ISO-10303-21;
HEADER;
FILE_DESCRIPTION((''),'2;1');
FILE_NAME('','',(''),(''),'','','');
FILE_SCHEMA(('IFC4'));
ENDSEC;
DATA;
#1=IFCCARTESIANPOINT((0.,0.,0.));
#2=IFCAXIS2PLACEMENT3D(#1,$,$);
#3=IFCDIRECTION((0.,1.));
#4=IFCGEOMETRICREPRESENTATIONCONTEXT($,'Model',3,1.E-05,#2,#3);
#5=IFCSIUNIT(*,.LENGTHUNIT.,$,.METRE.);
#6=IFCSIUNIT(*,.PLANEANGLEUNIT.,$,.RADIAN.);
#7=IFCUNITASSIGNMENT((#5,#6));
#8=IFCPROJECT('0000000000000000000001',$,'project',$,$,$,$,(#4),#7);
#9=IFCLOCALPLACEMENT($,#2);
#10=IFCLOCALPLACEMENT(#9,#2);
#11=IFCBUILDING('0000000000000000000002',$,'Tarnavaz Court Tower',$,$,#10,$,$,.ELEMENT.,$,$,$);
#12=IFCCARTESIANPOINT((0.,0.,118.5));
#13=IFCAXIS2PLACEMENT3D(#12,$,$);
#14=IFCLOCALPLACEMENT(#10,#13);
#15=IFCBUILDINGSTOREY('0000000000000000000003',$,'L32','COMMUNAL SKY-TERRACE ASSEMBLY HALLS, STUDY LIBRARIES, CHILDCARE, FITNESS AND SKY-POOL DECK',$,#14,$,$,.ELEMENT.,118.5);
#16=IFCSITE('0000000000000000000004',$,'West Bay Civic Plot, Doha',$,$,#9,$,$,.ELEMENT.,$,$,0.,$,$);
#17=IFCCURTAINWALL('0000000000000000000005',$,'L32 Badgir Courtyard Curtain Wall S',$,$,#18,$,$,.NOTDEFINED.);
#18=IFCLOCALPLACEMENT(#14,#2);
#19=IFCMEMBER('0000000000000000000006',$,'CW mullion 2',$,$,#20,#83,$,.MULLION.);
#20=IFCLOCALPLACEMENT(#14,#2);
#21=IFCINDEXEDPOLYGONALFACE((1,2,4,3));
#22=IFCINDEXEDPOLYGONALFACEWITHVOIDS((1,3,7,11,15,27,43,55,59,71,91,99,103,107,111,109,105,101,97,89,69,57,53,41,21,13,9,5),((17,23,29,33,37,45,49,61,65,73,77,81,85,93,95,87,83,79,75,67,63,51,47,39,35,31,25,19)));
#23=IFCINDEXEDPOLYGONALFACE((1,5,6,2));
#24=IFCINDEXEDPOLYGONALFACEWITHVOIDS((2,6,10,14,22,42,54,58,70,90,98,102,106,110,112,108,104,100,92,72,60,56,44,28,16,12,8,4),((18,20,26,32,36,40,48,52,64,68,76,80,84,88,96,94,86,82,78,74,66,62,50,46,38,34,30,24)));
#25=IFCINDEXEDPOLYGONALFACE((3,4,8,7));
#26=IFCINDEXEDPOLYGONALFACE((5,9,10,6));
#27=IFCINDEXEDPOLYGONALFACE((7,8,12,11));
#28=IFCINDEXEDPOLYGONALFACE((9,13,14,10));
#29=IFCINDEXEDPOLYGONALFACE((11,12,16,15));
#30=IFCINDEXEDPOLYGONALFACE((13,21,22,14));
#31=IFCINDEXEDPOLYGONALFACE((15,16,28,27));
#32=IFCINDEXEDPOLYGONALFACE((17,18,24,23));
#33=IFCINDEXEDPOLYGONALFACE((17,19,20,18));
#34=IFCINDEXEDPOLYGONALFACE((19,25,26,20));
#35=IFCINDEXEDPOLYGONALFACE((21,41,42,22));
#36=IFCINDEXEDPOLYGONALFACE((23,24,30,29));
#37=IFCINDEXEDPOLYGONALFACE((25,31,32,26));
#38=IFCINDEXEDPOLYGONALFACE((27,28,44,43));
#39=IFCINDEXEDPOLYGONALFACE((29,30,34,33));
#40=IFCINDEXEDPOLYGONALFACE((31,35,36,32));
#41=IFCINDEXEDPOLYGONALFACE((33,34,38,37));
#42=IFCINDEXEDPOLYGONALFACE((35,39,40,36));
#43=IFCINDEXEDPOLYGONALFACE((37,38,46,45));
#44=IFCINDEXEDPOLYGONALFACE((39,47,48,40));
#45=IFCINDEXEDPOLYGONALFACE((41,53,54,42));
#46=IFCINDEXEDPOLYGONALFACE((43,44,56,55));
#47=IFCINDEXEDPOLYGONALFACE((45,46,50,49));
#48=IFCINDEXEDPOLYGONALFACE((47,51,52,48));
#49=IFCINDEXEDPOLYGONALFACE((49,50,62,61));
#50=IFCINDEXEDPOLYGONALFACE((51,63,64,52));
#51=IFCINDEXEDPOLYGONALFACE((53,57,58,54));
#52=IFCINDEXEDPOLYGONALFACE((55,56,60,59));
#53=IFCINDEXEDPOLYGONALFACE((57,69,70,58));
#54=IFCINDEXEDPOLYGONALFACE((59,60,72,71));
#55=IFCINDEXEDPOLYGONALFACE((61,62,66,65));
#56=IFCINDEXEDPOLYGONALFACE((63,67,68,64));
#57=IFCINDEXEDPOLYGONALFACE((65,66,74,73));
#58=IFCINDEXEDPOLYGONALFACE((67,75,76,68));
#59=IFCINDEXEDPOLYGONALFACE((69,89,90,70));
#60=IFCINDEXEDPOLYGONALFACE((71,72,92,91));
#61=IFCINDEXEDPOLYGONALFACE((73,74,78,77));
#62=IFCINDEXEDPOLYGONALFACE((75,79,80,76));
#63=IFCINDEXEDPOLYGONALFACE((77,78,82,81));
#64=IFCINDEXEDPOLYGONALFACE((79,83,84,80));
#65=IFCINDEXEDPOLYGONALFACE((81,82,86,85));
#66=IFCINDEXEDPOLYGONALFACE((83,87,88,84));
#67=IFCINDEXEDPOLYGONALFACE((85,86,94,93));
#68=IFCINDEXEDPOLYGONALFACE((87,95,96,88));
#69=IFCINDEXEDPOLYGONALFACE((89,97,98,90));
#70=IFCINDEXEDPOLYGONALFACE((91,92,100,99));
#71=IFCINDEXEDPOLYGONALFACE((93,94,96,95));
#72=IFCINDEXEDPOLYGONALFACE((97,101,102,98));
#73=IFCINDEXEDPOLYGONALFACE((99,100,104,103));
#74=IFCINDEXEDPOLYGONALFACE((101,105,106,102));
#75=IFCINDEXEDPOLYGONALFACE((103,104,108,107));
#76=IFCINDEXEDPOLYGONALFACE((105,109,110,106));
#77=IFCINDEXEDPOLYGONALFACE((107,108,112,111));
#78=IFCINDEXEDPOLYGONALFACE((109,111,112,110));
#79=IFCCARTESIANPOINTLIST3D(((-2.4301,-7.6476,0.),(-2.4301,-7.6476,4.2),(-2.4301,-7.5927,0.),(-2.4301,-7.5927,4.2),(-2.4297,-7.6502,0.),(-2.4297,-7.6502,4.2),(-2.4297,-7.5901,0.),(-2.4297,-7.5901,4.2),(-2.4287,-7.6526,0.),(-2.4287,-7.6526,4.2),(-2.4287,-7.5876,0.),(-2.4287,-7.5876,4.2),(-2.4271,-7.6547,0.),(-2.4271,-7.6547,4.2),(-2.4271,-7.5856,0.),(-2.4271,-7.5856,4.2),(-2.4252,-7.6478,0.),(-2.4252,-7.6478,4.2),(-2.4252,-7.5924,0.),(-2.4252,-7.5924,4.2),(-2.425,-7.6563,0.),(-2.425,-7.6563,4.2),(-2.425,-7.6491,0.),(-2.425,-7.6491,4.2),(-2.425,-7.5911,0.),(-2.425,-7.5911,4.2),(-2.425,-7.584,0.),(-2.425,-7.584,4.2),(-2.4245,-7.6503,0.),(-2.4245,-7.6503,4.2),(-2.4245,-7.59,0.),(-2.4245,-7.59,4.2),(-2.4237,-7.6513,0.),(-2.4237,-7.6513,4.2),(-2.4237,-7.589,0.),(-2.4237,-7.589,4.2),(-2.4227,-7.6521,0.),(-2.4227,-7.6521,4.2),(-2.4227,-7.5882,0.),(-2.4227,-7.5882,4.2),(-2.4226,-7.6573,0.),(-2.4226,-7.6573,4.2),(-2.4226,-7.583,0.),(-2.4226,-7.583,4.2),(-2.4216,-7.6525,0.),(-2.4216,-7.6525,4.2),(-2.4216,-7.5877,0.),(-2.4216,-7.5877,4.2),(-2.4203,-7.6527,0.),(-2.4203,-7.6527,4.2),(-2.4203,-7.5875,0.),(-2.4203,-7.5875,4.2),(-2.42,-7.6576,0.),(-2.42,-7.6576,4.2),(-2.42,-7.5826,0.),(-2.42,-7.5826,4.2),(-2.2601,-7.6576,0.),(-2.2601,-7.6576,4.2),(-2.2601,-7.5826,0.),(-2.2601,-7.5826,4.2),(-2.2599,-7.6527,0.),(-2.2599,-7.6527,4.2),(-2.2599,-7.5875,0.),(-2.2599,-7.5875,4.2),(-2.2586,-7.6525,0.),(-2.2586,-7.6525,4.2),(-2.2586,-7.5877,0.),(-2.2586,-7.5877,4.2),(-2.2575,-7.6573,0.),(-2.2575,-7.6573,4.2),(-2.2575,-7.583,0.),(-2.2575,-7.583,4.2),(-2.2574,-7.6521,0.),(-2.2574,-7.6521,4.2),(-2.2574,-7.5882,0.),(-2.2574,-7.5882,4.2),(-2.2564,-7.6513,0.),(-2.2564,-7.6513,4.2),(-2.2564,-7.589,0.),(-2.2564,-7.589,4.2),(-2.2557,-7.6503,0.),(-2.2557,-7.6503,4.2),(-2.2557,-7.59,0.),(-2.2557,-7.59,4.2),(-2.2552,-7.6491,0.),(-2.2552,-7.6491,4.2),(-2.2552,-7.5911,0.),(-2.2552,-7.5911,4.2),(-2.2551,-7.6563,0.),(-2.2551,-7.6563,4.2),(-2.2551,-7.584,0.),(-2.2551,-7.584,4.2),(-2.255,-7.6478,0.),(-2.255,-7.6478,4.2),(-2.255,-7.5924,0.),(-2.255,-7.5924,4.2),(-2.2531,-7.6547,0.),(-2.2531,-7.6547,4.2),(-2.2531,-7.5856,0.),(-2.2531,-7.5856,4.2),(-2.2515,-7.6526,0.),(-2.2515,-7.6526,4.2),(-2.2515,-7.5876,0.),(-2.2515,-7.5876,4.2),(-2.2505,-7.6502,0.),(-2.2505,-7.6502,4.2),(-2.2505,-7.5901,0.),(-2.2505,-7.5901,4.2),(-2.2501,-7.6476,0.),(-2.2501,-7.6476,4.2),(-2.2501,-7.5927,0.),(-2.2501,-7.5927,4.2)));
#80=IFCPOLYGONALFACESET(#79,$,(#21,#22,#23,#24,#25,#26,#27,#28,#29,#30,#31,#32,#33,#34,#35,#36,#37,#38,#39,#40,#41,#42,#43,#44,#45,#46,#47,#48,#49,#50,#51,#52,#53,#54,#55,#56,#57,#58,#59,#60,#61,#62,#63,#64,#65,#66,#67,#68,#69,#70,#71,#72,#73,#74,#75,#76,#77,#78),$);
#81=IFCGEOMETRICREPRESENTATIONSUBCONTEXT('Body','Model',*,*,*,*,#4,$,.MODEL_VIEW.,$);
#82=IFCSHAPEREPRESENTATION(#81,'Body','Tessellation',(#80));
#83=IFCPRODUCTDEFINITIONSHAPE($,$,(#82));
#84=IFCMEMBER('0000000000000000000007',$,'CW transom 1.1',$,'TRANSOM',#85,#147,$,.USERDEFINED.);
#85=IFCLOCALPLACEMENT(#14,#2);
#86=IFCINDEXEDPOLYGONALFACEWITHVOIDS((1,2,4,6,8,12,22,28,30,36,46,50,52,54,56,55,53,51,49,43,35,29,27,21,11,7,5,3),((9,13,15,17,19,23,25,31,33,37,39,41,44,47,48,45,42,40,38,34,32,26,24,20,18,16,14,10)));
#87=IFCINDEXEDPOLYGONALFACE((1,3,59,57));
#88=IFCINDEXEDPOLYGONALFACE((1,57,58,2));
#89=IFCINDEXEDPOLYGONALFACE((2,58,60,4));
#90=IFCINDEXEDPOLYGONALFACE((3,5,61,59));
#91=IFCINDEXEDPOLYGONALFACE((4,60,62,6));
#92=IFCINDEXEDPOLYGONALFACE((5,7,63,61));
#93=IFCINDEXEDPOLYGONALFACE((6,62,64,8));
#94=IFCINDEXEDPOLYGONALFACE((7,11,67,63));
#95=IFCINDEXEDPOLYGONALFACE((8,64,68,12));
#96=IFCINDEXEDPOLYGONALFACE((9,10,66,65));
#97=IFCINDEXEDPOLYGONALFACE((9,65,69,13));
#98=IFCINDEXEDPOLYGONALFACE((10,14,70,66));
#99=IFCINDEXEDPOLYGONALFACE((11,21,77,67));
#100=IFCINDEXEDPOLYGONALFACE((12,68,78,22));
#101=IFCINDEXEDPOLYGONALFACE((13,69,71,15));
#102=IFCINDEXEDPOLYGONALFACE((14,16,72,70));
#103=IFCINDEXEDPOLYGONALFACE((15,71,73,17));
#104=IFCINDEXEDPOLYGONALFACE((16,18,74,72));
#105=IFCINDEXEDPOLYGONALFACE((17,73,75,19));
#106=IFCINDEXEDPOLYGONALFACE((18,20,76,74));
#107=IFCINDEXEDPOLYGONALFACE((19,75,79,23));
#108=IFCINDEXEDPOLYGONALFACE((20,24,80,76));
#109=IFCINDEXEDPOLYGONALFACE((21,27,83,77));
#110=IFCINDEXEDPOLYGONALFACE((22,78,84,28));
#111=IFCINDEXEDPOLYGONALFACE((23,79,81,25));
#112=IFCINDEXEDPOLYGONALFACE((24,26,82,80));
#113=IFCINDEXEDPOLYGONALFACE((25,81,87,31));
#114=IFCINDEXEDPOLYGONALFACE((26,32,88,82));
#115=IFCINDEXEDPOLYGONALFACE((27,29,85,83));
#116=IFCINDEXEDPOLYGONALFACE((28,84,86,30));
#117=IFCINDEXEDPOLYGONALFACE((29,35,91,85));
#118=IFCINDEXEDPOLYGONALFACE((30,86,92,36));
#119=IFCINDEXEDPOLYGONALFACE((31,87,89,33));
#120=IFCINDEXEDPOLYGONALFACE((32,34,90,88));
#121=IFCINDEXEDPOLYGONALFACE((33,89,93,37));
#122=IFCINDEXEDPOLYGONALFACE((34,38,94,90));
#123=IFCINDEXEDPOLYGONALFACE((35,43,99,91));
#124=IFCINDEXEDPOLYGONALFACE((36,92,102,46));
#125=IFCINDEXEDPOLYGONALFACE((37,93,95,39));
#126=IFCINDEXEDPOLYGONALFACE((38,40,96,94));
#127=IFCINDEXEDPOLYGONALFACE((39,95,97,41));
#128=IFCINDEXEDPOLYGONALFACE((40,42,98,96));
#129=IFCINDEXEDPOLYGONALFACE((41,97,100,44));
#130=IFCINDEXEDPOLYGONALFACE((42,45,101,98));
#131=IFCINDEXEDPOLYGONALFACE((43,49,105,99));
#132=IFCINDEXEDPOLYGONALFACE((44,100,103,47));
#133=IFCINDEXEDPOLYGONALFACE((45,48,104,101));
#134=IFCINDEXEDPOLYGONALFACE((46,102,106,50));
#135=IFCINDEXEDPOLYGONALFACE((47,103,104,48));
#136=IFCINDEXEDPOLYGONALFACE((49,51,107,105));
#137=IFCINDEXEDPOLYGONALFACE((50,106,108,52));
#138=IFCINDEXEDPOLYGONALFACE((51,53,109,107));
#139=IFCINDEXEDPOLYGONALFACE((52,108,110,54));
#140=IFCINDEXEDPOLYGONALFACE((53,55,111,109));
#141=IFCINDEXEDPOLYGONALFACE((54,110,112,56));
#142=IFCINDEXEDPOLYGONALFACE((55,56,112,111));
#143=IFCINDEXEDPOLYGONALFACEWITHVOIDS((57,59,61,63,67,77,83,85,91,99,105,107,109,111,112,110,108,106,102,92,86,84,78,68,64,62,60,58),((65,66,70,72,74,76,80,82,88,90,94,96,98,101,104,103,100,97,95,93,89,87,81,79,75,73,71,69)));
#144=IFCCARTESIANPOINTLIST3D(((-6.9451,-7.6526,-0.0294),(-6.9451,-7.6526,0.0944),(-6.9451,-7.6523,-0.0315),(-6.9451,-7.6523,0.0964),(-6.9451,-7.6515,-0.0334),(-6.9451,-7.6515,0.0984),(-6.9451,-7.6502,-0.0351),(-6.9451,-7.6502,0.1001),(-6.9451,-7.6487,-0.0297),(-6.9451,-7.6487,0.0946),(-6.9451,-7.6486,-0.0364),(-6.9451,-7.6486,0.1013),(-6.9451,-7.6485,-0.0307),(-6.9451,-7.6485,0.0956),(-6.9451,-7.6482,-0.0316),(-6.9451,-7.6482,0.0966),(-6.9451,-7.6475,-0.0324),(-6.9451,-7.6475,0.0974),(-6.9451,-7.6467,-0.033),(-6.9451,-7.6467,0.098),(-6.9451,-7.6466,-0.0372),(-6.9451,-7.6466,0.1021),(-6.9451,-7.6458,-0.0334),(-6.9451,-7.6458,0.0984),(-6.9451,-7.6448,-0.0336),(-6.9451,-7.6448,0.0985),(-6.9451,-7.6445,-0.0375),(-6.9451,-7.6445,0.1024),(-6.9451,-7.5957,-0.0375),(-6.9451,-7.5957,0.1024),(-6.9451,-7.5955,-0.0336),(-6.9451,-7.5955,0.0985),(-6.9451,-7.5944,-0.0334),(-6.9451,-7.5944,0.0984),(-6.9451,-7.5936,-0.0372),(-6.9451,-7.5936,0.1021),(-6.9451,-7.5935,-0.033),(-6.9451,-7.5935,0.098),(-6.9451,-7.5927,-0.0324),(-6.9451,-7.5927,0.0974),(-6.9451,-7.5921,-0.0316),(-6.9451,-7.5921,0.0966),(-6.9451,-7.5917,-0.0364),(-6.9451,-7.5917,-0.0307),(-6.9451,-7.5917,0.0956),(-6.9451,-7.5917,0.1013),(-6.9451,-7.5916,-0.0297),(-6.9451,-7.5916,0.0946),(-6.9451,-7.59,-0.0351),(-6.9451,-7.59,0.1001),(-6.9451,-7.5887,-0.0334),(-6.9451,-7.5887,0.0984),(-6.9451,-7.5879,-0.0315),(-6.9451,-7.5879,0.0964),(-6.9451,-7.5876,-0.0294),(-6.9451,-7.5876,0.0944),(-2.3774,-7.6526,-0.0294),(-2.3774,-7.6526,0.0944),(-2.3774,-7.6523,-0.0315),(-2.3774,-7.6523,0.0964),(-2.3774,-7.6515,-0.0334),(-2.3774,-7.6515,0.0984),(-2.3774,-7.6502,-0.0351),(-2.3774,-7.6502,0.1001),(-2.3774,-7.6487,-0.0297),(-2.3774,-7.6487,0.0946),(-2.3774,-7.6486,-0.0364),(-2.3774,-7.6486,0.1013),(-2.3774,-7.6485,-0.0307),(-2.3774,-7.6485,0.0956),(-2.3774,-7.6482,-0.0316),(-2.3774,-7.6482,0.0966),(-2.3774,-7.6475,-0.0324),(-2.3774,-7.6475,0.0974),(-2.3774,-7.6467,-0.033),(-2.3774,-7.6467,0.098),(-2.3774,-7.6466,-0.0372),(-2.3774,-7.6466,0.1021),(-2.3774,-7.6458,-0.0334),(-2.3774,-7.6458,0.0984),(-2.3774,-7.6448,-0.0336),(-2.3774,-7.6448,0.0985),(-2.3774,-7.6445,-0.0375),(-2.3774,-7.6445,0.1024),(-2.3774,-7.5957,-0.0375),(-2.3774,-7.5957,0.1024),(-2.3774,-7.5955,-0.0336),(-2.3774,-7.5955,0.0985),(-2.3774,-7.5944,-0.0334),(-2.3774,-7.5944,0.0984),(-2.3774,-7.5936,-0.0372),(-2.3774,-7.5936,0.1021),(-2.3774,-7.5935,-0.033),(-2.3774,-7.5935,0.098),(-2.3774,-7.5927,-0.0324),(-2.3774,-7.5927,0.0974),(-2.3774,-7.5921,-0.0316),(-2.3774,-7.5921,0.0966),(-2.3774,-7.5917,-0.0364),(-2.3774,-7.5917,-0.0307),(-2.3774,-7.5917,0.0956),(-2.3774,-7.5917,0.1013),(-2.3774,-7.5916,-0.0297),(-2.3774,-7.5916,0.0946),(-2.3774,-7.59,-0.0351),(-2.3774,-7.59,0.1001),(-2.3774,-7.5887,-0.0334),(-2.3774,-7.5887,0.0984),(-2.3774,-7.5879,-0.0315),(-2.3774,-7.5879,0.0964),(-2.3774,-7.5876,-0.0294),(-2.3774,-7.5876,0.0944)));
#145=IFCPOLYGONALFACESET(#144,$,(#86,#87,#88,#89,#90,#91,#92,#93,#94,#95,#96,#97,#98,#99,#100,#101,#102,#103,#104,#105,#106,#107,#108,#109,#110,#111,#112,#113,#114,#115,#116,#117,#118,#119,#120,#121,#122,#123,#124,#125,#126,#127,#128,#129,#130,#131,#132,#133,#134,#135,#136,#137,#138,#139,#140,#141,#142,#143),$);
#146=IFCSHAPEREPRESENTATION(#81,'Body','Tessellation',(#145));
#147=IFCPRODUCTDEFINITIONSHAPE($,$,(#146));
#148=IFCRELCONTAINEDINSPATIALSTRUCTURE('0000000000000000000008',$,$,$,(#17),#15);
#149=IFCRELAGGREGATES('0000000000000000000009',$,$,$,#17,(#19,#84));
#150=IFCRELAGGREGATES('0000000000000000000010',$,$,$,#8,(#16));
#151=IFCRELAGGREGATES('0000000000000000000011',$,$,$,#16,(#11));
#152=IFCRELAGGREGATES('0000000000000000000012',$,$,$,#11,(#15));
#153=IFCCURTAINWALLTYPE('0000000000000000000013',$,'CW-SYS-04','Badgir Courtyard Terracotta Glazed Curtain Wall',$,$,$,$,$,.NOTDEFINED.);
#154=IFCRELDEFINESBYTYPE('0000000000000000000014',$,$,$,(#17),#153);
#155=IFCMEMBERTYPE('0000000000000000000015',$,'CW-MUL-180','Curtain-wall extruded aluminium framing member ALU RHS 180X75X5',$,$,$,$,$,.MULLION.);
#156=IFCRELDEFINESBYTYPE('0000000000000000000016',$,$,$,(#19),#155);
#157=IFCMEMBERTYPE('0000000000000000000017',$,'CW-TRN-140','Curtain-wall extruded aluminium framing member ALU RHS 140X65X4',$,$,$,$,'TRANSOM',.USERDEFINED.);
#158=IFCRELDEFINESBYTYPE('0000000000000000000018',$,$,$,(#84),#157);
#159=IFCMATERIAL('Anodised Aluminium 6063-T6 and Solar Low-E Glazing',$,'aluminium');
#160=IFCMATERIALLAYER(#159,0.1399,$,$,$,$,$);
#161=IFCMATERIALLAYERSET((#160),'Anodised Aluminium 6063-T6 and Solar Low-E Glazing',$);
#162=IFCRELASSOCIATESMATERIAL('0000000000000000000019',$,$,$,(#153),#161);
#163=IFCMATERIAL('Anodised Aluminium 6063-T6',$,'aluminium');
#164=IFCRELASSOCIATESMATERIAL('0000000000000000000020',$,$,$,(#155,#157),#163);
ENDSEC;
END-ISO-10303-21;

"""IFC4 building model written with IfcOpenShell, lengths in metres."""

from ifc_helpers import new_model, si_unit, direction, frame, origin, origin_2d, place, context, subcontext, project, spatial, hollow_rectangle, extrude, material, layer, layer_set, material_profile, profile_set, type_object, element, aggregate, save


model = new_model("IFC4")

# Units and contexts
model_context = context("Model", 3, precision=1e-05, world=origin(), true_north=direction((0.0, 1.0)))
body_context = subcontext(model_context, "Body", "Model", "MODEL_VIEW")
ifc_project = project(units=[si_unit("LENGTHUNIT", "METRE"), si_unit("PLANEANGLEUNIT", "RADIAN")], contexts=[model_context])

# Site, building, storey
site_placement = place(None, origin())
site = spatial("IfcSite", under=ifc_project, at=site_placement, Name="West Bay Civic Plot, Doha", CompositionType="ELEMENT", RefElevation=0.0)
building_placement = place(site_placement, origin())
building = spatial("IfcBuilding", under=site, at=building_placement, Name="Tarnavaz Court Tower", CompositionType="ELEMENT")
storey_placement = place(building_placement, frame((0.0, 0.0, 118.5)))
storey = spatial("IfcBuildingStorey", under=building, at=storey_placement, Name="L32", Description="COMMUNAL SKY-TERRACE ASSEMBLY HALLS, STUDY LIBRARIES, CHILDCARE, FITNESS AND SKY-POOL DECK", CompositionType="ELEMENT", Elevation=118.5)

# Curtain wall, members
ifc_material_1 = material(Name="Anodised Aluminium 6063-T6 and Solar Low-E Glazing", Category="aluminium")
ifc_layer_1 = layer(ifc_material_1, 0.1399)
ifc_layer_set_1 = layer_set([ifc_layer_1], Name="Anodised Aluminium 6063-T6 and Solar Low-E Glazing")
curtain_wall_type = type_object("IfcCurtainWallType", Name="CW-SYS-04", Description="Badgir Courtyard Terracotta Glazed Curtain Wall", PredefinedType="NOTDEFINED", material=ifc_layer_set_1)
curtain_wall_placement = place(storey_placement, origin())
curtain_wall = element("IfcCurtainWall", 1, at=curtain_wall_placement, inside=storey, type_object=curtain_wall_type, Name="L32 Badgir Courtyard Curtain Wall S", PredefinedType="NOTDEFINED")
ifc_material_2 = material(Name="Anodised Aluminium 6063-T6", Category="aluminium")
ifc_material_profile_1 = material_profile(ifc_material_2, hollow_rectangle(XDim=0.075, YDim=0.1799, WallThickness=0.0049, InnerFilletRadius=0.0049, OuterFilletRadius=0.01, at=origin_2d()), Name="ALU RHS 180X75X5")
ifc_profile_set_1 = profile_set([ifc_material_profile_1], Name="Anodised Aluminium 6063-T6")
member_type_1 = type_object("IfcMemberType", Name="CW-MUL-180", Description="Curtain-wall extruded aluminium framing member ALU RHS 180X75X5", PredefinedType="MULLION", material=ifc_profile_set_1)
member_1_placement = place(storey_placement, frame((-2.3401, -7.6201, 0.0), z_axis=(0.0, 0.0, 1.0), x_axis=(0.0, 1.0, 0.0)))
member_1 = element("IfcMember", 2, at=member_1_placement, type_object=member_type_1, Name="CW mullion 2", PredefinedType="MULLION", context=body_context, shape_type="SweptSolid", body=[
    extrude(hollow_rectangle(XDim=0.075, YDim=0.1799, WallThickness=0.0049, InnerFilletRadius=0.0049, OuterFilletRadius=0.01, at=origin_2d()), origin(), (0.0, 0.0, 1.0), 4.2),
])
ifc_material_profile_2 = material_profile(ifc_material_2, hollow_rectangle(XDim=0.0649, YDim=0.1399, WallThickness=0.0039, InnerFilletRadius=0.0039, OuterFilletRadius=0.0081, at=origin_2d()), Name="ALU RHS 140X65X4")
ifc_profile_set_2 = profile_set([ifc_material_profile_2], Name="Anodised Aluminium 6063-T6")
member_type_2 = type_object("IfcMemberType", Name="CW-TRN-140", Description="Curtain-wall extruded aluminium framing member ALU RHS 140X65X4", ElementType="TRANSOM", PredefinedType="USERDEFINED", material=ifc_profile_set_2)
member_2_placement = place(storey_placement, frame((-6.9451, -7.6201, 0.0325), z_axis=(1.0, 0.0, 0.0), x_axis=(0.0, 1.0, 0.0)))
member_2 = element("IfcMember", 3, at=member_2_placement, type_object=member_type_2, Name="CW transom 1.1", ObjectType="TRANSOM", PredefinedType="USERDEFINED", context=body_context, shape_type="SweptSolid", body=[
    extrude(hollow_rectangle(XDim=0.0649, YDim=0.1399, WallThickness=0.0039, InnerFilletRadius=0.0039, OuterFilletRadius=0.0081, at=origin_2d()), origin(), (0.0, 0.0, 1.0), 4.5676),
])
aggregate(curtain_wall, [member_1, member_2])

save(model, "model.ifc")
